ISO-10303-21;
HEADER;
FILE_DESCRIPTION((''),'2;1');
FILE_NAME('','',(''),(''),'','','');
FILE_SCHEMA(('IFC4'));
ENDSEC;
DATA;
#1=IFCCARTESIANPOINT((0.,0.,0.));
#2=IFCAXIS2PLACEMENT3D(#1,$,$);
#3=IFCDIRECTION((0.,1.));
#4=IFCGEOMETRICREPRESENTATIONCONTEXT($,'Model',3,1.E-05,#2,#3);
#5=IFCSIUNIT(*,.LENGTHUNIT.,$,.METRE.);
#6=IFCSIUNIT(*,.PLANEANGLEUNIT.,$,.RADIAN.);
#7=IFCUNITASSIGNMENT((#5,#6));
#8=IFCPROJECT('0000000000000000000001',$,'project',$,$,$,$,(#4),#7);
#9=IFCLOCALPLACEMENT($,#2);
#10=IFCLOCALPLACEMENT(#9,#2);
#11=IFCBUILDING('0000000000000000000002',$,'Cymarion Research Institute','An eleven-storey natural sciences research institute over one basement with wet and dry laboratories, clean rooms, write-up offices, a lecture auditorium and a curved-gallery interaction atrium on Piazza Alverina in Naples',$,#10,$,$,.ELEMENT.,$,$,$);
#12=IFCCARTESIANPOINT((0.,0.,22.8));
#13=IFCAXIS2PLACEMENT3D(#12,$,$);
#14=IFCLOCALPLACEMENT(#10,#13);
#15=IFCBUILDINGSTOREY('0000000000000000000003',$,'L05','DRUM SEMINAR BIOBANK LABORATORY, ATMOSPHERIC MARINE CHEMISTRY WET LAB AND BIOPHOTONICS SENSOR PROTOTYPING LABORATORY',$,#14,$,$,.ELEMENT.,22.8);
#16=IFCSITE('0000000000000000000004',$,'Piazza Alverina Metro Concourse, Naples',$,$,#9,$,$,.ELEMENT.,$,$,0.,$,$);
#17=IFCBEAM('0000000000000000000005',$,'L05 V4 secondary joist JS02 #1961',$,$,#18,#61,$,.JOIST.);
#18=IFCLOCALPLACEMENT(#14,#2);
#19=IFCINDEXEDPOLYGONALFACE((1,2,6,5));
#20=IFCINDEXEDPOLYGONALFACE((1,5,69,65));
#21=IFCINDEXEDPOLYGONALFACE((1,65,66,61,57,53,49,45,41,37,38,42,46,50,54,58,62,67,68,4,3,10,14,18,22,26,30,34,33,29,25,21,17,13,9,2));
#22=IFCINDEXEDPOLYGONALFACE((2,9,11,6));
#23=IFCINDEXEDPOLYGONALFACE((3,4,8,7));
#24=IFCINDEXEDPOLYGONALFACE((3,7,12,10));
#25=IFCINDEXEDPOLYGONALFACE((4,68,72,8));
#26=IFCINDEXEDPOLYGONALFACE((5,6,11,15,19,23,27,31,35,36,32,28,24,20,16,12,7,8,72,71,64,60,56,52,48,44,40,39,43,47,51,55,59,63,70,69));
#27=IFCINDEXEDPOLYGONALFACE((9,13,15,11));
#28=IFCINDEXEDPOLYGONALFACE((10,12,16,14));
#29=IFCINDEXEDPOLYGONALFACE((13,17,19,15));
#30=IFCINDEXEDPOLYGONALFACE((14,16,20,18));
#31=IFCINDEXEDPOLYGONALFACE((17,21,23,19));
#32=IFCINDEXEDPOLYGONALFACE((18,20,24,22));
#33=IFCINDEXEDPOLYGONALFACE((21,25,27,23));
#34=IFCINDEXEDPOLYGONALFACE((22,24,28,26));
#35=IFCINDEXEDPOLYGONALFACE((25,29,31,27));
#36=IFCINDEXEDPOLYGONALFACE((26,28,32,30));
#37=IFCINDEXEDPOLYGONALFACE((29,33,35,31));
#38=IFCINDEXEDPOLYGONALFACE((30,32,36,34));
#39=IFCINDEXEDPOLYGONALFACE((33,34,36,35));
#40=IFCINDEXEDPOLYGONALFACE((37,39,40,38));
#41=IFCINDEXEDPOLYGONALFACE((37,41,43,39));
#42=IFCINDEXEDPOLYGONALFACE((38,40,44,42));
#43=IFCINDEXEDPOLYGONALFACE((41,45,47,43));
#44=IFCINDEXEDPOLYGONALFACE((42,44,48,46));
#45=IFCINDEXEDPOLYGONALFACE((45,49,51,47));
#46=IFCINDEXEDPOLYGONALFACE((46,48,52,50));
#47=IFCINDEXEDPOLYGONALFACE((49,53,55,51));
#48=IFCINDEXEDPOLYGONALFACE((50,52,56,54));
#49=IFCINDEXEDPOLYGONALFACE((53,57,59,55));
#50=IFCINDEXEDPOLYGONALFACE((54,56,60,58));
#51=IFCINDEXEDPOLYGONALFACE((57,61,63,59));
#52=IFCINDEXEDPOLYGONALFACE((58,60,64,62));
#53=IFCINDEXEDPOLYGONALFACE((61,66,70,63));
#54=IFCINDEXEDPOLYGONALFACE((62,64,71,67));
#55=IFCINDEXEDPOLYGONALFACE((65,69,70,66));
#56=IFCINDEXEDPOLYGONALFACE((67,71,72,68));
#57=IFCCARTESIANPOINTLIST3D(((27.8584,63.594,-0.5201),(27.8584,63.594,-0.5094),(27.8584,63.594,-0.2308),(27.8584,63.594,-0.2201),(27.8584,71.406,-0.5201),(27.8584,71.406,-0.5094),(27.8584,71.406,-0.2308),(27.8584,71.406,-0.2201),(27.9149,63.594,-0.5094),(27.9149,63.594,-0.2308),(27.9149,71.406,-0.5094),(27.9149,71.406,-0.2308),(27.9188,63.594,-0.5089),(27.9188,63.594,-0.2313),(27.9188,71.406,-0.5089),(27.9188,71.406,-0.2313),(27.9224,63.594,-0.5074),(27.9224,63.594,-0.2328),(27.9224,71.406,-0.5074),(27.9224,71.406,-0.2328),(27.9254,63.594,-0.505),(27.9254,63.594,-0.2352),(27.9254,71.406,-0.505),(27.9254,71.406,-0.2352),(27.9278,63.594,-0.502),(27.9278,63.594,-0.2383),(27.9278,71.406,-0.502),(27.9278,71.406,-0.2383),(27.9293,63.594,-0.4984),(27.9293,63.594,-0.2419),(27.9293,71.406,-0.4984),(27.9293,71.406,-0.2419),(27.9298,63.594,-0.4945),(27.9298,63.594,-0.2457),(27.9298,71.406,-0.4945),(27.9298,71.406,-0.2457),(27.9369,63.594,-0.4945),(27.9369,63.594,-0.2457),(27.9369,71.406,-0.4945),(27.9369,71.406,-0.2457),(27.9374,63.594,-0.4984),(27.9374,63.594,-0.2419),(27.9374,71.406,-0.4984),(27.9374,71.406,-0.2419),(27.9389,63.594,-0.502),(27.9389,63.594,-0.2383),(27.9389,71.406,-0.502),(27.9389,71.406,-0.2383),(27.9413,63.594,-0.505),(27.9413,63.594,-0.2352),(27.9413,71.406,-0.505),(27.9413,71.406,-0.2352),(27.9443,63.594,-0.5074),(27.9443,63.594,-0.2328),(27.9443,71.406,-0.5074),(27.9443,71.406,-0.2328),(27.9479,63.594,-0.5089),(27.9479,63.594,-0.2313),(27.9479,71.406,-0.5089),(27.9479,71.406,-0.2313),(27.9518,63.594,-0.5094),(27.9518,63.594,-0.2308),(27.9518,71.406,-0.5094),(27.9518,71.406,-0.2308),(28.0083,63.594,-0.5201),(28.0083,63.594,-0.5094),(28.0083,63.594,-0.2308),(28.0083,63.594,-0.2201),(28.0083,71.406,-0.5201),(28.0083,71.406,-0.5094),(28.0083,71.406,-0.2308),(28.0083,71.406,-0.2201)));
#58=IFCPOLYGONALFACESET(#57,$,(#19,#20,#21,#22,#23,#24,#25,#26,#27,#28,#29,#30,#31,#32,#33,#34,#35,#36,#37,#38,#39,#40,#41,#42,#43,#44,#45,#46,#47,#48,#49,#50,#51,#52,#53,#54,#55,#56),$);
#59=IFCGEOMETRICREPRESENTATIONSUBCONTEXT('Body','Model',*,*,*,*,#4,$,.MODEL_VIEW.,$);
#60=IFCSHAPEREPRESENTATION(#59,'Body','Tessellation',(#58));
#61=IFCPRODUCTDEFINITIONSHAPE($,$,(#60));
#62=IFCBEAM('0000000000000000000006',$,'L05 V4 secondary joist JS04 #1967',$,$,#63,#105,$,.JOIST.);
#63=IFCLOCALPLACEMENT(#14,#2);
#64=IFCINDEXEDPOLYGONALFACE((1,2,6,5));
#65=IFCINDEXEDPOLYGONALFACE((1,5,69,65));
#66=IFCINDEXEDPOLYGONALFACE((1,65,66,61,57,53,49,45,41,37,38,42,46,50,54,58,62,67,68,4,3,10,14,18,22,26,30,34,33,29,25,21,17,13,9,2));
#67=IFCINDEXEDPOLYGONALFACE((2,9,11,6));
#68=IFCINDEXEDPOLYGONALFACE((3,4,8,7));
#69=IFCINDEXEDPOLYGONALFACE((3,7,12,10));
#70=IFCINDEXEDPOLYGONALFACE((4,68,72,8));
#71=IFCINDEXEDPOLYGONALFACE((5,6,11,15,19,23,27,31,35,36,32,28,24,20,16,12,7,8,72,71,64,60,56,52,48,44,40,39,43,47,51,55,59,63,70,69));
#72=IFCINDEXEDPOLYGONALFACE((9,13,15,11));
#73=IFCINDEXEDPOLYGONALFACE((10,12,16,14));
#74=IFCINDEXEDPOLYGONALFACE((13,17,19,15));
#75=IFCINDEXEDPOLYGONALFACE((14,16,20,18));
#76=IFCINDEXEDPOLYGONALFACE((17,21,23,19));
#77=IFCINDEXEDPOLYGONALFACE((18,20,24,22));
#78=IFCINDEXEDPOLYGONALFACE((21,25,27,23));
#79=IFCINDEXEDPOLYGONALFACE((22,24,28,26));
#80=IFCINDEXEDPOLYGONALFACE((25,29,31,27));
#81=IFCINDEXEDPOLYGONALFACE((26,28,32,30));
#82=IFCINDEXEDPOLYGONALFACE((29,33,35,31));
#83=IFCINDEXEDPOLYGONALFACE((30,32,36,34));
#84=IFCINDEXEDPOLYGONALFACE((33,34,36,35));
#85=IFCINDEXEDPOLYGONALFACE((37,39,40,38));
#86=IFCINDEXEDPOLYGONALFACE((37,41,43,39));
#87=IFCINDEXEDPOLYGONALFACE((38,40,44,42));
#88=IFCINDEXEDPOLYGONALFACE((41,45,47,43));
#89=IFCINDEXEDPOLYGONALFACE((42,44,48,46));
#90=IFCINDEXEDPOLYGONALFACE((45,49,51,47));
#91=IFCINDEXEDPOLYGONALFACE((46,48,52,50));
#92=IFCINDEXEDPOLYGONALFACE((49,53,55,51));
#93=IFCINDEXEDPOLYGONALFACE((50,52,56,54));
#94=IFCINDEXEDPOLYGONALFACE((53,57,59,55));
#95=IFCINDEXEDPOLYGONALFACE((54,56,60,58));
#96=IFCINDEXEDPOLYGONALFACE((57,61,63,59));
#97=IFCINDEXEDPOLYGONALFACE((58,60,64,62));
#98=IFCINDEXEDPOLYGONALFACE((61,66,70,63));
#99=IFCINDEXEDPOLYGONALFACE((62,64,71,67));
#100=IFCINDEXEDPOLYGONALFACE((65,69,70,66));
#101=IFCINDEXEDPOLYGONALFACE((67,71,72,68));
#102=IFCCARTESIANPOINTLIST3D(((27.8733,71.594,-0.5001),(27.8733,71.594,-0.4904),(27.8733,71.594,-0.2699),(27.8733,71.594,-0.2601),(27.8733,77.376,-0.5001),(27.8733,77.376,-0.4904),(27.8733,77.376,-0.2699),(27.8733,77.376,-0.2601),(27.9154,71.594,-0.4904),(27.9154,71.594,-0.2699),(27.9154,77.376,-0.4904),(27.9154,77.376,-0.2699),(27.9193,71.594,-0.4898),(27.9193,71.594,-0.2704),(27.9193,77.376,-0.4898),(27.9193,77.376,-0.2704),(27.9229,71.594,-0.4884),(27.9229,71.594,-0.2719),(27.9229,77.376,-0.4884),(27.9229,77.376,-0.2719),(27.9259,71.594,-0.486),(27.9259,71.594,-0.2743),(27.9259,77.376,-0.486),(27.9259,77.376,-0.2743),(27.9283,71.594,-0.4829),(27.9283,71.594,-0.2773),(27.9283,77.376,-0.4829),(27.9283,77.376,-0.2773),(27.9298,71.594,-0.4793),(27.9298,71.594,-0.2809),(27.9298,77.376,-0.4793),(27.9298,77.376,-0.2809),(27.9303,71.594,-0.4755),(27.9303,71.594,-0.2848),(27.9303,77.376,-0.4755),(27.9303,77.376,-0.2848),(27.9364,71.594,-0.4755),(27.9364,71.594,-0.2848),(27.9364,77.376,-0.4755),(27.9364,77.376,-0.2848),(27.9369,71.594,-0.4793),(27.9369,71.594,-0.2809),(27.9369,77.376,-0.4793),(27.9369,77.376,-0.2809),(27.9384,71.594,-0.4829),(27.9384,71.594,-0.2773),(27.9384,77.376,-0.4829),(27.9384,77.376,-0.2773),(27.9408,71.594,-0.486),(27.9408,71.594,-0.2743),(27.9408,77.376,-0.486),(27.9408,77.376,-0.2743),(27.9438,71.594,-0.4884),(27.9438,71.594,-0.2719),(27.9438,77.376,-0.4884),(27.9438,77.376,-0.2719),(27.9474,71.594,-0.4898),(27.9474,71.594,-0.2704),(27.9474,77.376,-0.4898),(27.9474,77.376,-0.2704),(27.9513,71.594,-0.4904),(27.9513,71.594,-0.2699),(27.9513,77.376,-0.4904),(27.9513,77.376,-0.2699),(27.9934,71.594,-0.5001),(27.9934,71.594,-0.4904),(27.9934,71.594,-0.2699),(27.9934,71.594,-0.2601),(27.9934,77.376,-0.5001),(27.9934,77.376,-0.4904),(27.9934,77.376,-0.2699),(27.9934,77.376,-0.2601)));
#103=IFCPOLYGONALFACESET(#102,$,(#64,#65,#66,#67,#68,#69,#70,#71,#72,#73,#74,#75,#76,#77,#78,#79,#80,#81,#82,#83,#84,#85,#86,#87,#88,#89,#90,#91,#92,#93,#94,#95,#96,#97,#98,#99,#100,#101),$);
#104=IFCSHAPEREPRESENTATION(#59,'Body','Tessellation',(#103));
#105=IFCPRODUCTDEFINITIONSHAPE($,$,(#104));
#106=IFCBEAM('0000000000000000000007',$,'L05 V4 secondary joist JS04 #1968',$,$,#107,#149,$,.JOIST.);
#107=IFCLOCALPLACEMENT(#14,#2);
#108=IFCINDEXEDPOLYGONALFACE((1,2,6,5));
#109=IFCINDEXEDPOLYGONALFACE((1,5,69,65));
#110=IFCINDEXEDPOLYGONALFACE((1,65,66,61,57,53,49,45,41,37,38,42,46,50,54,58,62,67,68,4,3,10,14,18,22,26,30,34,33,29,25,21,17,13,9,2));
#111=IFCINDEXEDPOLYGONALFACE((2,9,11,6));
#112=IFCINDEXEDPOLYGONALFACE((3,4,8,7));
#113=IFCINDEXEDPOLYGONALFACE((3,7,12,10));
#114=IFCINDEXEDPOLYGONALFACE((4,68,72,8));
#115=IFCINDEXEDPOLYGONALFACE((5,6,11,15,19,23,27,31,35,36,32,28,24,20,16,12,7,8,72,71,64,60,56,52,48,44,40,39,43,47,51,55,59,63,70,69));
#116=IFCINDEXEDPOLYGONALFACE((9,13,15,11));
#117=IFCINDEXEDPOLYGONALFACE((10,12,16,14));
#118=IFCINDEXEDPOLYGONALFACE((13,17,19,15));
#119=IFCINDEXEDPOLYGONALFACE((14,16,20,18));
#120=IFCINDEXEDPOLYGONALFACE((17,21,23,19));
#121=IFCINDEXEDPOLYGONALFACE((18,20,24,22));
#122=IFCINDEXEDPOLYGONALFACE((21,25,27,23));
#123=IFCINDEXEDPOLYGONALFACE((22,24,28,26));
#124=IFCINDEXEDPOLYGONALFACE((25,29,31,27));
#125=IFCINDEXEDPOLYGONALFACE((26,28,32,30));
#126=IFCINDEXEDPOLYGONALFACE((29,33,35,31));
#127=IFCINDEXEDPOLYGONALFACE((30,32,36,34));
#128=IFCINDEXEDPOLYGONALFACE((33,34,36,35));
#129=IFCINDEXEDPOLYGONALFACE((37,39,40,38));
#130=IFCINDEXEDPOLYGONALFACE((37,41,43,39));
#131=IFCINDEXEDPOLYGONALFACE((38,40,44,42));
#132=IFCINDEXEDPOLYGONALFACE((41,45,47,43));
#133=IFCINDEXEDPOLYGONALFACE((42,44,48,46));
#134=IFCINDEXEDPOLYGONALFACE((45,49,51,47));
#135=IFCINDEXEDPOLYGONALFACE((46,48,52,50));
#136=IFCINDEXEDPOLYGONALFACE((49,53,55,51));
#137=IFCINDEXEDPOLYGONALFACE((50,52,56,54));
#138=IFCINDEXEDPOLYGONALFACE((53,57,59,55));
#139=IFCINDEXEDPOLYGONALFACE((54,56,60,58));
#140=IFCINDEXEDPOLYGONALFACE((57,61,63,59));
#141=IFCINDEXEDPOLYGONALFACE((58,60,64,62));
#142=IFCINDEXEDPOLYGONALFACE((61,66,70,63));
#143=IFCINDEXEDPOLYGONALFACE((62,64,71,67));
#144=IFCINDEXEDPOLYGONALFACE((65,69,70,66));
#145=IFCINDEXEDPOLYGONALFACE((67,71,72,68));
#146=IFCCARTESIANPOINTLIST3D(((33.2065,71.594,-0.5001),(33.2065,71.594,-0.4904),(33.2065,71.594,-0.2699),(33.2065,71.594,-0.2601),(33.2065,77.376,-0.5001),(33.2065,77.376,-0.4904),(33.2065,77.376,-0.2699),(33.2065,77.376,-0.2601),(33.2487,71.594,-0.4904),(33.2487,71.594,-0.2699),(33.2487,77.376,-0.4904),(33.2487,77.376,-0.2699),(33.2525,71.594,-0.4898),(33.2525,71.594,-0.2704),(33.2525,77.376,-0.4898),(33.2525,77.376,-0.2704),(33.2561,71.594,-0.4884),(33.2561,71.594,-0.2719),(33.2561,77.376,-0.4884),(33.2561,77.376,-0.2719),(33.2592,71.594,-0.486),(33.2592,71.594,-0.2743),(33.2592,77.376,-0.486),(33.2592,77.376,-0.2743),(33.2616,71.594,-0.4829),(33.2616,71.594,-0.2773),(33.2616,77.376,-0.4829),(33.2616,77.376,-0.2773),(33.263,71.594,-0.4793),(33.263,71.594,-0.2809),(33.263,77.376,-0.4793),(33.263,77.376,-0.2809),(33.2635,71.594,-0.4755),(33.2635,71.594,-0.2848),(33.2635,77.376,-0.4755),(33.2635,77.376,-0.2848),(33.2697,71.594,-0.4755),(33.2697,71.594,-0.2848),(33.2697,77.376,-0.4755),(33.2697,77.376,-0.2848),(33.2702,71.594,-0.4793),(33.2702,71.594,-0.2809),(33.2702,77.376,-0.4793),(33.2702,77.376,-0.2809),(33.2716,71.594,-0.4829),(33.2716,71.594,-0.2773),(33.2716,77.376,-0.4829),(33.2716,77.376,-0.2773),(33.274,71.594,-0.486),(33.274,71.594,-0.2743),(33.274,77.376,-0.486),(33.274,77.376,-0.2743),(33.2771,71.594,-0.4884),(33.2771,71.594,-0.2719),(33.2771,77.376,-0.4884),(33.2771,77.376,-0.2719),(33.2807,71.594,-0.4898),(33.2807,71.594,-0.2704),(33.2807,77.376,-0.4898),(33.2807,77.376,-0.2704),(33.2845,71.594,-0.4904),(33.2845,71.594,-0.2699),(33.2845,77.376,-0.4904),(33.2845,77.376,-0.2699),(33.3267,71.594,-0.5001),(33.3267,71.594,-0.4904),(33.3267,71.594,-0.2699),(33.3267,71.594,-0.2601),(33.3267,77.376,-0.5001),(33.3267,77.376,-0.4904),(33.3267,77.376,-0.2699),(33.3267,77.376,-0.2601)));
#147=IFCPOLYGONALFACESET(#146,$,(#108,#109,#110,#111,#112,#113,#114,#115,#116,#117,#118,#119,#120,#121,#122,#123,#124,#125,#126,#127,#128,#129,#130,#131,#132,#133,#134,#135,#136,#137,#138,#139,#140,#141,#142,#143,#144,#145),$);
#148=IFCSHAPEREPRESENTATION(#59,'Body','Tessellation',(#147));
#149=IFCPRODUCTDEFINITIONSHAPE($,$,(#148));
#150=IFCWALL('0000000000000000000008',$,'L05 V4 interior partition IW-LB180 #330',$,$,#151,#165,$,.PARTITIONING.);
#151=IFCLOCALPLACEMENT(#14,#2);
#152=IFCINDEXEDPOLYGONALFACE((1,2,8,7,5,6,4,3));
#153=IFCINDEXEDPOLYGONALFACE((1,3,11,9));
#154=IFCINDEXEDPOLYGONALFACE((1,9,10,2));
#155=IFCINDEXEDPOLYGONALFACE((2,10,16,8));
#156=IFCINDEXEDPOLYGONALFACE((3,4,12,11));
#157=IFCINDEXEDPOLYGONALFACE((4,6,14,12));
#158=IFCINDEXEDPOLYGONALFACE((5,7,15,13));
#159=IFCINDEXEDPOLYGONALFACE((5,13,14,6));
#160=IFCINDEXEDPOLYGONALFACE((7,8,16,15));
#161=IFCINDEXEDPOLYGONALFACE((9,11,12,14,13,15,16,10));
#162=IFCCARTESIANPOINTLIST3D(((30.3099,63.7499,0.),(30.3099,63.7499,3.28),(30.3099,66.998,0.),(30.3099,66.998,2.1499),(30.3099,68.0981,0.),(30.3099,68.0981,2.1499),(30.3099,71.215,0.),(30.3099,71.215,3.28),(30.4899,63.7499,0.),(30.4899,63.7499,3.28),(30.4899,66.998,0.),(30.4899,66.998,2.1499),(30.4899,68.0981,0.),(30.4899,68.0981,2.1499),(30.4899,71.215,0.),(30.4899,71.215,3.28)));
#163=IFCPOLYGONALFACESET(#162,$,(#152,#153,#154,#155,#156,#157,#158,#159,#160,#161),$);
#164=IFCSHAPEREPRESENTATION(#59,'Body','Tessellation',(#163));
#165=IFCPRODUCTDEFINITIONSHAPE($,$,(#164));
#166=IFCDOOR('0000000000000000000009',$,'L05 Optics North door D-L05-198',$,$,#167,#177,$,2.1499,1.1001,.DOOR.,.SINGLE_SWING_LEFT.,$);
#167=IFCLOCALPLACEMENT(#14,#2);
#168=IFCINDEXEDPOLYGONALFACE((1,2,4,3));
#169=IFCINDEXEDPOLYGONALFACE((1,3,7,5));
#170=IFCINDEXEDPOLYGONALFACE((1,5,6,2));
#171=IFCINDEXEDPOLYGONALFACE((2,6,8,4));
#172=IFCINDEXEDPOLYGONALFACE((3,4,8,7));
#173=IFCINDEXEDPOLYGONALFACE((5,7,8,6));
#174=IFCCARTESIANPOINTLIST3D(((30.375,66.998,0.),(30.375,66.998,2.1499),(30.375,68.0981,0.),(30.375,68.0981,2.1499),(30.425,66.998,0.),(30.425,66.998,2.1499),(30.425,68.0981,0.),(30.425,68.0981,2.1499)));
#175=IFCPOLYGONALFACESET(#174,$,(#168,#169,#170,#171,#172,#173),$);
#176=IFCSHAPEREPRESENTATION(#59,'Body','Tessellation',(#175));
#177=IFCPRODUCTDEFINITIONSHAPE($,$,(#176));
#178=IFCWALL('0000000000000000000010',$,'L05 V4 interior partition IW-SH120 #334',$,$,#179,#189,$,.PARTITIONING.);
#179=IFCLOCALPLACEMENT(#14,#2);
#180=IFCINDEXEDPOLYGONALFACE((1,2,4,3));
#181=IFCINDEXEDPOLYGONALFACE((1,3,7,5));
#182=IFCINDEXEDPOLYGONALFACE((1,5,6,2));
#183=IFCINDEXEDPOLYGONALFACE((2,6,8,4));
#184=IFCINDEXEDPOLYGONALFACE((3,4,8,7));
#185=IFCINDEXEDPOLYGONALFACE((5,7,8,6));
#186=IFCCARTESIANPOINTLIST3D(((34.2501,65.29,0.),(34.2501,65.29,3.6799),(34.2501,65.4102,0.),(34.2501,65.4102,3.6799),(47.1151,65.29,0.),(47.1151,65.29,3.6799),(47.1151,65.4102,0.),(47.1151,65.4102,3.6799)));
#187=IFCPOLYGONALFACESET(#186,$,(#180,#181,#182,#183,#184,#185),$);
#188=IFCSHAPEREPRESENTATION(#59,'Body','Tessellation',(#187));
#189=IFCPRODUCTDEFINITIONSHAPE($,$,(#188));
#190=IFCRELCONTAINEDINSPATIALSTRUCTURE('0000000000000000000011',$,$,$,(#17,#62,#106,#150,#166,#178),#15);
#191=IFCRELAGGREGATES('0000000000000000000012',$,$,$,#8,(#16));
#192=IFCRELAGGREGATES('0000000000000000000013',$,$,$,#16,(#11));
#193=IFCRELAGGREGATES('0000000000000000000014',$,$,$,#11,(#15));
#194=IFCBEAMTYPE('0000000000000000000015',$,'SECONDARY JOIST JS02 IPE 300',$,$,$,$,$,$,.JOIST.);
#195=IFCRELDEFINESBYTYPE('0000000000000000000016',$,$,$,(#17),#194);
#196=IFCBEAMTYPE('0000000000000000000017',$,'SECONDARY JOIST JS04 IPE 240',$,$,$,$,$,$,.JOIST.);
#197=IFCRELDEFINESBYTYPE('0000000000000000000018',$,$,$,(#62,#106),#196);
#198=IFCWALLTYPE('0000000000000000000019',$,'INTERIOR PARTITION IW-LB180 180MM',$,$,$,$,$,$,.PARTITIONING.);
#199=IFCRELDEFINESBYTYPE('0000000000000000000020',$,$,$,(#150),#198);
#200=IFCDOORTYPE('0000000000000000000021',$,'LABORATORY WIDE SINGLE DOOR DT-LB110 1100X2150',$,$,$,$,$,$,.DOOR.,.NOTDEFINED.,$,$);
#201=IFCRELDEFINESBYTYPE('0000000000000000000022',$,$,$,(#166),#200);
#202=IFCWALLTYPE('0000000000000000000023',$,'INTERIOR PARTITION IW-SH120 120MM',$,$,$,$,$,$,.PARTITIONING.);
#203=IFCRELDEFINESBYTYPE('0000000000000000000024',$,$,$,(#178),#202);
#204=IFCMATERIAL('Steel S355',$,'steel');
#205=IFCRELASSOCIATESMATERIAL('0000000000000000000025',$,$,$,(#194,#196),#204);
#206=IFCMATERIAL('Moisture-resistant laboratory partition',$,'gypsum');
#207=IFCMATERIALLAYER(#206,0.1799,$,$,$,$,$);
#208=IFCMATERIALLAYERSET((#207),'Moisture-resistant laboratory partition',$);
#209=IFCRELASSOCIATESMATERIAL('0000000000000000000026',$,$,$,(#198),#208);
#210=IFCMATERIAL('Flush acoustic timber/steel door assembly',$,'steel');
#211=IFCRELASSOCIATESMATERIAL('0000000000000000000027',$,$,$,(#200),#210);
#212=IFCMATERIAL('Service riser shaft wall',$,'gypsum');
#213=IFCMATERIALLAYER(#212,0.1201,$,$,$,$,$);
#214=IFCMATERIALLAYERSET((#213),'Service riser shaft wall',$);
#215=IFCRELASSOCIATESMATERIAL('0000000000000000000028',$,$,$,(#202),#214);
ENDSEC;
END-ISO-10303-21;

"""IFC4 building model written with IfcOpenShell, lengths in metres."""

from ifc_helpers import new_model, si_unit, direction, frame, frame_2d, origin, origin_2d, place, context, subcontext, project, spatial, rectangle, i_section, extrude, material, layer, layer_set, material_profile, profile_set, type_object, element, fill, save


model = new_model("IFC4")

# Units and contexts
model_context = context("Model", 3, precision=1e-05, world=origin(), true_north=direction((0.0, 1.0)))
body_context = subcontext(model_context, "Body", "Model", "MODEL_VIEW")
ifc_project = project(units=[si_unit("LENGTHUNIT", "METRE"), si_unit("PLANEANGLEUNIT", "RADIAN")], contexts=[model_context])

# Site, building, storey
site_placement = place(None, origin())
site = spatial("IfcSite", under=ifc_project, at=site_placement, Name="Piazza Alverina Metro Concourse, Naples", CompositionType="ELEMENT", RefElevation=0.0)
building_placement = place(site_placement, origin())
building = spatial("IfcBuilding", under=site, at=building_placement, Name="Cymarion Research Institute", Description="An eleven-storey natural sciences research institute over one basement with wet and dry laboratories, clean rooms, write-up offices, a lecture auditorium and a curved-gallery interaction atrium on Piazza Alverina in Naples", CompositionType="ELEMENT")
storey_placement = place(building_placement, frame((0.0, 0.0, 22.8)))
storey = spatial("IfcBuildingStorey", under=building, at=storey_placement, Name="L05", Description="DRUM SEMINAR BIOBANK LABORATORY, ATMOSPHERIC MARINE CHEMISTRY WET LAB AND BIOPHOTONICS SENSOR PROTOTYPING LABORATORY", CompositionType="ELEMENT", Elevation=22.8)

# Beams
ifc_material_1 = material(Name="Steel S355", Category="steel")
ifc_material_profile_1 = material_profile(ifc_material_1, i_section(OverallWidth=0.1499, OverallDepth=0.3, WebThickness=0.0071, FlangeThickness=0.0107, FilletRadius=0.0149, at=origin_2d()), Name="IPE 300")
ifc_profile_set_1 = profile_set([ifc_material_profile_1], Name="Steel S355")
beam_type_1 = type_object("IfcBeamType", Name="SECONDARY JOIST JS02 IPE 300", PredefinedType="JOIST", material=ifc_profile_set_1)
beam_1_placement = place(storey_placement, frame((27.9333, 63.594, -0.3701), z_axis=(0.0, 1.0, 0.0), x_axis=(-1.0, 0.0, 0.0)))
element("IfcBeam", 1, at=beam_1_placement, inside=storey, type_object=beam_type_1, Name="L05 V4 secondary joist JS02 #1961", PredefinedType="JOIST", context=body_context, shape_type="SweptSolid", body=[
    extrude(i_section(OverallWidth=0.1499, OverallDepth=0.3, WebThickness=0.0071, FlangeThickness=0.0107, FilletRadius=0.0149, at=origin_2d()), origin(), (0.0, 0.0, 1.0), 7.812),
])
ifc_material_profile_2 = material_profile(ifc_material_1, i_section(OverallWidth=0.1201, OverallDepth=0.24, WebThickness=0.0061, FlangeThickness=0.0098, FilletRadius=0.0149, at=origin_2d()), Name="IPE 240")
ifc_profile_set_2 = profile_set([ifc_material_profile_2], Name="Steel S355")
beam_type_2 = type_object("IfcBeamType", Name="SECONDARY JOIST JS04 IPE 240", PredefinedType="JOIST", material=ifc_profile_set_2)
for number, where, z_axis, x_axis, name in (
    (2, (27.9333, 71.594, -0.3801), (0.0, 1.0, 0.0), (-1.0, 0.0, 0.0), "L05 V4 secondary joist JS04 #1967"),
    (3, (33.2666, 71.594, -0.3801), (0.0, 1.0, 0.0), (-1.0, 0.0, 0.0), "L05 V4 secondary joist JS04 #1968"),
):
    element("IfcBeam", number, at=place(storey_placement, frame(where, z_axis=z_axis, x_axis=x_axis)), inside=storey, type_object=beam_type_2, Name=name, PredefinedType="JOIST", context=body_context, shape_type="SweptSolid", body=[
        extrude(i_section(OverallWidth=0.1201, OverallDepth=0.24, WebThickness=0.0061, FlangeThickness=0.0098, FilletRadius=0.0149, at=origin_2d()), origin(), (0.0, 0.0, 1.0), 5.782),
    ])

# Wall, opening, door
ifc_material_2 = material(Name="Moisture-resistant laboratory partition", Category="gypsum")
ifc_layer_1 = layer(ifc_material_2, 0.1799)
ifc_layer_set_1 = layer_set([ifc_layer_1], Name="Moisture-resistant laboratory partition")
wall_type_1 = type_object("IfcWallType", Name="INTERIOR PARTITION IW-LB180 180MM", PredefinedType="PARTITIONING", material=ifc_layer_set_1)
wall_1_placement = place(storey_placement, frame((30.3999, 63.75, 0.0), z_axis=(0.0, 0.0, 1.0), x_axis=(0.0, 1.0, 0.0)))
wall_1 = element("IfcWall", 4, at=wall_1_placement, inside=storey, type_object=wall_type_1, Name="L05 V4 interior partition IW-LB180 #330", PredefinedType="PARTITIONING", context=body_context, shape_type="SweptSolid", body=[
    extrude(rectangle(XDim=7.4651, YDim=0.1799, at=frame_2d((3.7324, 0.0))), origin(), (0.0, 0.0, 1.0), 3.28),
])
opening_1_placement = place(wall_1_placement, frame((3.248, 0.0, 0.0)))
opening_1 = element("IfcOpeningElement", 5, at=opening_1_placement, cuts=wall_1, PredefinedType="OPENING", context=body_context, shape_type="SweptSolid", body=[
    extrude(rectangle(XDim=1.1001, YDim=2.1499, at=frame_2d((0.55, 1.075))), frame((0.0, 0.0999, 0.0), z_axis=(0.0, -1.0, 0.0), x_axis=(1.0, 0.0, 0.0)), (0.0, 0.0, 1.0), 0.2),
])
ifc_material_3 = material(Name="Flush acoustic timber/steel door assembly", Category="steel")
door_type_1 = type_object("IfcDoorType", Name="LABORATORY WIDE SINGLE DOOR DT-LB110 1100X2150", OperationType="NOTDEFINED", PredefinedType="DOOR", material=ifc_material_3)
door_1_placement = place(opening_1_placement, origin())
door_1 = element("IfcDoor", 6, at=door_1_placement, inside=storey, type_object=door_type_1, Name="L05 Optics North door D-L05-198", OperationType="SINGLE_SWING_LEFT", OverallHeight=2.1499, OverallWidth=1.1001, PredefinedType="DOOR", context=body_context, shape_type="SweptSolid", body=[
    extrude(rectangle(XDim=1.1001, YDim=2.1499, at=frame_2d((0.55, 1.075))), frame((0.0, 0.0249, 0.0), z_axis=(0.0, -1.0, 0.0), x_axis=(1.0, 0.0, 0.0)), (0.0, 0.0, 1.0), 0.05),
])
fill(opening_1, door_1)

# Wall
ifc_material_4 = material(Name="Service riser shaft wall", Category="gypsum")
ifc_layer_2 = layer(ifc_material_4, 0.1201)
ifc_layer_set_2 = layer_set([ifc_layer_2], Name="Service riser shaft wall")
wall_type_2 = type_object("IfcWallType", Name="INTERIOR PARTITION IW-SH120 120MM", PredefinedType="PARTITIONING", material=ifc_layer_set_2)
wall_2_placement = place(storey_placement, frame((34.25, 65.3501, 0.0), z_axis=(0.0, 0.0, 1.0), x_axis=(1.0, 0.0, 0.0)))
element("IfcWall", 7, at=wall_2_placement, inside=storey, type_object=wall_type_2, Name="L05 V4 interior partition IW-SH120 #334", PredefinedType="PARTITIONING", context=body_context, shape_type="SweptSolid", body=[
    extrude(rectangle(XDim=12.865, YDim=0.1201, at=frame_2d((6.4326, 0.0))), origin(), (0.0, 0.0, 1.0), 3.6799),
])

save(model, "model.ifc")
